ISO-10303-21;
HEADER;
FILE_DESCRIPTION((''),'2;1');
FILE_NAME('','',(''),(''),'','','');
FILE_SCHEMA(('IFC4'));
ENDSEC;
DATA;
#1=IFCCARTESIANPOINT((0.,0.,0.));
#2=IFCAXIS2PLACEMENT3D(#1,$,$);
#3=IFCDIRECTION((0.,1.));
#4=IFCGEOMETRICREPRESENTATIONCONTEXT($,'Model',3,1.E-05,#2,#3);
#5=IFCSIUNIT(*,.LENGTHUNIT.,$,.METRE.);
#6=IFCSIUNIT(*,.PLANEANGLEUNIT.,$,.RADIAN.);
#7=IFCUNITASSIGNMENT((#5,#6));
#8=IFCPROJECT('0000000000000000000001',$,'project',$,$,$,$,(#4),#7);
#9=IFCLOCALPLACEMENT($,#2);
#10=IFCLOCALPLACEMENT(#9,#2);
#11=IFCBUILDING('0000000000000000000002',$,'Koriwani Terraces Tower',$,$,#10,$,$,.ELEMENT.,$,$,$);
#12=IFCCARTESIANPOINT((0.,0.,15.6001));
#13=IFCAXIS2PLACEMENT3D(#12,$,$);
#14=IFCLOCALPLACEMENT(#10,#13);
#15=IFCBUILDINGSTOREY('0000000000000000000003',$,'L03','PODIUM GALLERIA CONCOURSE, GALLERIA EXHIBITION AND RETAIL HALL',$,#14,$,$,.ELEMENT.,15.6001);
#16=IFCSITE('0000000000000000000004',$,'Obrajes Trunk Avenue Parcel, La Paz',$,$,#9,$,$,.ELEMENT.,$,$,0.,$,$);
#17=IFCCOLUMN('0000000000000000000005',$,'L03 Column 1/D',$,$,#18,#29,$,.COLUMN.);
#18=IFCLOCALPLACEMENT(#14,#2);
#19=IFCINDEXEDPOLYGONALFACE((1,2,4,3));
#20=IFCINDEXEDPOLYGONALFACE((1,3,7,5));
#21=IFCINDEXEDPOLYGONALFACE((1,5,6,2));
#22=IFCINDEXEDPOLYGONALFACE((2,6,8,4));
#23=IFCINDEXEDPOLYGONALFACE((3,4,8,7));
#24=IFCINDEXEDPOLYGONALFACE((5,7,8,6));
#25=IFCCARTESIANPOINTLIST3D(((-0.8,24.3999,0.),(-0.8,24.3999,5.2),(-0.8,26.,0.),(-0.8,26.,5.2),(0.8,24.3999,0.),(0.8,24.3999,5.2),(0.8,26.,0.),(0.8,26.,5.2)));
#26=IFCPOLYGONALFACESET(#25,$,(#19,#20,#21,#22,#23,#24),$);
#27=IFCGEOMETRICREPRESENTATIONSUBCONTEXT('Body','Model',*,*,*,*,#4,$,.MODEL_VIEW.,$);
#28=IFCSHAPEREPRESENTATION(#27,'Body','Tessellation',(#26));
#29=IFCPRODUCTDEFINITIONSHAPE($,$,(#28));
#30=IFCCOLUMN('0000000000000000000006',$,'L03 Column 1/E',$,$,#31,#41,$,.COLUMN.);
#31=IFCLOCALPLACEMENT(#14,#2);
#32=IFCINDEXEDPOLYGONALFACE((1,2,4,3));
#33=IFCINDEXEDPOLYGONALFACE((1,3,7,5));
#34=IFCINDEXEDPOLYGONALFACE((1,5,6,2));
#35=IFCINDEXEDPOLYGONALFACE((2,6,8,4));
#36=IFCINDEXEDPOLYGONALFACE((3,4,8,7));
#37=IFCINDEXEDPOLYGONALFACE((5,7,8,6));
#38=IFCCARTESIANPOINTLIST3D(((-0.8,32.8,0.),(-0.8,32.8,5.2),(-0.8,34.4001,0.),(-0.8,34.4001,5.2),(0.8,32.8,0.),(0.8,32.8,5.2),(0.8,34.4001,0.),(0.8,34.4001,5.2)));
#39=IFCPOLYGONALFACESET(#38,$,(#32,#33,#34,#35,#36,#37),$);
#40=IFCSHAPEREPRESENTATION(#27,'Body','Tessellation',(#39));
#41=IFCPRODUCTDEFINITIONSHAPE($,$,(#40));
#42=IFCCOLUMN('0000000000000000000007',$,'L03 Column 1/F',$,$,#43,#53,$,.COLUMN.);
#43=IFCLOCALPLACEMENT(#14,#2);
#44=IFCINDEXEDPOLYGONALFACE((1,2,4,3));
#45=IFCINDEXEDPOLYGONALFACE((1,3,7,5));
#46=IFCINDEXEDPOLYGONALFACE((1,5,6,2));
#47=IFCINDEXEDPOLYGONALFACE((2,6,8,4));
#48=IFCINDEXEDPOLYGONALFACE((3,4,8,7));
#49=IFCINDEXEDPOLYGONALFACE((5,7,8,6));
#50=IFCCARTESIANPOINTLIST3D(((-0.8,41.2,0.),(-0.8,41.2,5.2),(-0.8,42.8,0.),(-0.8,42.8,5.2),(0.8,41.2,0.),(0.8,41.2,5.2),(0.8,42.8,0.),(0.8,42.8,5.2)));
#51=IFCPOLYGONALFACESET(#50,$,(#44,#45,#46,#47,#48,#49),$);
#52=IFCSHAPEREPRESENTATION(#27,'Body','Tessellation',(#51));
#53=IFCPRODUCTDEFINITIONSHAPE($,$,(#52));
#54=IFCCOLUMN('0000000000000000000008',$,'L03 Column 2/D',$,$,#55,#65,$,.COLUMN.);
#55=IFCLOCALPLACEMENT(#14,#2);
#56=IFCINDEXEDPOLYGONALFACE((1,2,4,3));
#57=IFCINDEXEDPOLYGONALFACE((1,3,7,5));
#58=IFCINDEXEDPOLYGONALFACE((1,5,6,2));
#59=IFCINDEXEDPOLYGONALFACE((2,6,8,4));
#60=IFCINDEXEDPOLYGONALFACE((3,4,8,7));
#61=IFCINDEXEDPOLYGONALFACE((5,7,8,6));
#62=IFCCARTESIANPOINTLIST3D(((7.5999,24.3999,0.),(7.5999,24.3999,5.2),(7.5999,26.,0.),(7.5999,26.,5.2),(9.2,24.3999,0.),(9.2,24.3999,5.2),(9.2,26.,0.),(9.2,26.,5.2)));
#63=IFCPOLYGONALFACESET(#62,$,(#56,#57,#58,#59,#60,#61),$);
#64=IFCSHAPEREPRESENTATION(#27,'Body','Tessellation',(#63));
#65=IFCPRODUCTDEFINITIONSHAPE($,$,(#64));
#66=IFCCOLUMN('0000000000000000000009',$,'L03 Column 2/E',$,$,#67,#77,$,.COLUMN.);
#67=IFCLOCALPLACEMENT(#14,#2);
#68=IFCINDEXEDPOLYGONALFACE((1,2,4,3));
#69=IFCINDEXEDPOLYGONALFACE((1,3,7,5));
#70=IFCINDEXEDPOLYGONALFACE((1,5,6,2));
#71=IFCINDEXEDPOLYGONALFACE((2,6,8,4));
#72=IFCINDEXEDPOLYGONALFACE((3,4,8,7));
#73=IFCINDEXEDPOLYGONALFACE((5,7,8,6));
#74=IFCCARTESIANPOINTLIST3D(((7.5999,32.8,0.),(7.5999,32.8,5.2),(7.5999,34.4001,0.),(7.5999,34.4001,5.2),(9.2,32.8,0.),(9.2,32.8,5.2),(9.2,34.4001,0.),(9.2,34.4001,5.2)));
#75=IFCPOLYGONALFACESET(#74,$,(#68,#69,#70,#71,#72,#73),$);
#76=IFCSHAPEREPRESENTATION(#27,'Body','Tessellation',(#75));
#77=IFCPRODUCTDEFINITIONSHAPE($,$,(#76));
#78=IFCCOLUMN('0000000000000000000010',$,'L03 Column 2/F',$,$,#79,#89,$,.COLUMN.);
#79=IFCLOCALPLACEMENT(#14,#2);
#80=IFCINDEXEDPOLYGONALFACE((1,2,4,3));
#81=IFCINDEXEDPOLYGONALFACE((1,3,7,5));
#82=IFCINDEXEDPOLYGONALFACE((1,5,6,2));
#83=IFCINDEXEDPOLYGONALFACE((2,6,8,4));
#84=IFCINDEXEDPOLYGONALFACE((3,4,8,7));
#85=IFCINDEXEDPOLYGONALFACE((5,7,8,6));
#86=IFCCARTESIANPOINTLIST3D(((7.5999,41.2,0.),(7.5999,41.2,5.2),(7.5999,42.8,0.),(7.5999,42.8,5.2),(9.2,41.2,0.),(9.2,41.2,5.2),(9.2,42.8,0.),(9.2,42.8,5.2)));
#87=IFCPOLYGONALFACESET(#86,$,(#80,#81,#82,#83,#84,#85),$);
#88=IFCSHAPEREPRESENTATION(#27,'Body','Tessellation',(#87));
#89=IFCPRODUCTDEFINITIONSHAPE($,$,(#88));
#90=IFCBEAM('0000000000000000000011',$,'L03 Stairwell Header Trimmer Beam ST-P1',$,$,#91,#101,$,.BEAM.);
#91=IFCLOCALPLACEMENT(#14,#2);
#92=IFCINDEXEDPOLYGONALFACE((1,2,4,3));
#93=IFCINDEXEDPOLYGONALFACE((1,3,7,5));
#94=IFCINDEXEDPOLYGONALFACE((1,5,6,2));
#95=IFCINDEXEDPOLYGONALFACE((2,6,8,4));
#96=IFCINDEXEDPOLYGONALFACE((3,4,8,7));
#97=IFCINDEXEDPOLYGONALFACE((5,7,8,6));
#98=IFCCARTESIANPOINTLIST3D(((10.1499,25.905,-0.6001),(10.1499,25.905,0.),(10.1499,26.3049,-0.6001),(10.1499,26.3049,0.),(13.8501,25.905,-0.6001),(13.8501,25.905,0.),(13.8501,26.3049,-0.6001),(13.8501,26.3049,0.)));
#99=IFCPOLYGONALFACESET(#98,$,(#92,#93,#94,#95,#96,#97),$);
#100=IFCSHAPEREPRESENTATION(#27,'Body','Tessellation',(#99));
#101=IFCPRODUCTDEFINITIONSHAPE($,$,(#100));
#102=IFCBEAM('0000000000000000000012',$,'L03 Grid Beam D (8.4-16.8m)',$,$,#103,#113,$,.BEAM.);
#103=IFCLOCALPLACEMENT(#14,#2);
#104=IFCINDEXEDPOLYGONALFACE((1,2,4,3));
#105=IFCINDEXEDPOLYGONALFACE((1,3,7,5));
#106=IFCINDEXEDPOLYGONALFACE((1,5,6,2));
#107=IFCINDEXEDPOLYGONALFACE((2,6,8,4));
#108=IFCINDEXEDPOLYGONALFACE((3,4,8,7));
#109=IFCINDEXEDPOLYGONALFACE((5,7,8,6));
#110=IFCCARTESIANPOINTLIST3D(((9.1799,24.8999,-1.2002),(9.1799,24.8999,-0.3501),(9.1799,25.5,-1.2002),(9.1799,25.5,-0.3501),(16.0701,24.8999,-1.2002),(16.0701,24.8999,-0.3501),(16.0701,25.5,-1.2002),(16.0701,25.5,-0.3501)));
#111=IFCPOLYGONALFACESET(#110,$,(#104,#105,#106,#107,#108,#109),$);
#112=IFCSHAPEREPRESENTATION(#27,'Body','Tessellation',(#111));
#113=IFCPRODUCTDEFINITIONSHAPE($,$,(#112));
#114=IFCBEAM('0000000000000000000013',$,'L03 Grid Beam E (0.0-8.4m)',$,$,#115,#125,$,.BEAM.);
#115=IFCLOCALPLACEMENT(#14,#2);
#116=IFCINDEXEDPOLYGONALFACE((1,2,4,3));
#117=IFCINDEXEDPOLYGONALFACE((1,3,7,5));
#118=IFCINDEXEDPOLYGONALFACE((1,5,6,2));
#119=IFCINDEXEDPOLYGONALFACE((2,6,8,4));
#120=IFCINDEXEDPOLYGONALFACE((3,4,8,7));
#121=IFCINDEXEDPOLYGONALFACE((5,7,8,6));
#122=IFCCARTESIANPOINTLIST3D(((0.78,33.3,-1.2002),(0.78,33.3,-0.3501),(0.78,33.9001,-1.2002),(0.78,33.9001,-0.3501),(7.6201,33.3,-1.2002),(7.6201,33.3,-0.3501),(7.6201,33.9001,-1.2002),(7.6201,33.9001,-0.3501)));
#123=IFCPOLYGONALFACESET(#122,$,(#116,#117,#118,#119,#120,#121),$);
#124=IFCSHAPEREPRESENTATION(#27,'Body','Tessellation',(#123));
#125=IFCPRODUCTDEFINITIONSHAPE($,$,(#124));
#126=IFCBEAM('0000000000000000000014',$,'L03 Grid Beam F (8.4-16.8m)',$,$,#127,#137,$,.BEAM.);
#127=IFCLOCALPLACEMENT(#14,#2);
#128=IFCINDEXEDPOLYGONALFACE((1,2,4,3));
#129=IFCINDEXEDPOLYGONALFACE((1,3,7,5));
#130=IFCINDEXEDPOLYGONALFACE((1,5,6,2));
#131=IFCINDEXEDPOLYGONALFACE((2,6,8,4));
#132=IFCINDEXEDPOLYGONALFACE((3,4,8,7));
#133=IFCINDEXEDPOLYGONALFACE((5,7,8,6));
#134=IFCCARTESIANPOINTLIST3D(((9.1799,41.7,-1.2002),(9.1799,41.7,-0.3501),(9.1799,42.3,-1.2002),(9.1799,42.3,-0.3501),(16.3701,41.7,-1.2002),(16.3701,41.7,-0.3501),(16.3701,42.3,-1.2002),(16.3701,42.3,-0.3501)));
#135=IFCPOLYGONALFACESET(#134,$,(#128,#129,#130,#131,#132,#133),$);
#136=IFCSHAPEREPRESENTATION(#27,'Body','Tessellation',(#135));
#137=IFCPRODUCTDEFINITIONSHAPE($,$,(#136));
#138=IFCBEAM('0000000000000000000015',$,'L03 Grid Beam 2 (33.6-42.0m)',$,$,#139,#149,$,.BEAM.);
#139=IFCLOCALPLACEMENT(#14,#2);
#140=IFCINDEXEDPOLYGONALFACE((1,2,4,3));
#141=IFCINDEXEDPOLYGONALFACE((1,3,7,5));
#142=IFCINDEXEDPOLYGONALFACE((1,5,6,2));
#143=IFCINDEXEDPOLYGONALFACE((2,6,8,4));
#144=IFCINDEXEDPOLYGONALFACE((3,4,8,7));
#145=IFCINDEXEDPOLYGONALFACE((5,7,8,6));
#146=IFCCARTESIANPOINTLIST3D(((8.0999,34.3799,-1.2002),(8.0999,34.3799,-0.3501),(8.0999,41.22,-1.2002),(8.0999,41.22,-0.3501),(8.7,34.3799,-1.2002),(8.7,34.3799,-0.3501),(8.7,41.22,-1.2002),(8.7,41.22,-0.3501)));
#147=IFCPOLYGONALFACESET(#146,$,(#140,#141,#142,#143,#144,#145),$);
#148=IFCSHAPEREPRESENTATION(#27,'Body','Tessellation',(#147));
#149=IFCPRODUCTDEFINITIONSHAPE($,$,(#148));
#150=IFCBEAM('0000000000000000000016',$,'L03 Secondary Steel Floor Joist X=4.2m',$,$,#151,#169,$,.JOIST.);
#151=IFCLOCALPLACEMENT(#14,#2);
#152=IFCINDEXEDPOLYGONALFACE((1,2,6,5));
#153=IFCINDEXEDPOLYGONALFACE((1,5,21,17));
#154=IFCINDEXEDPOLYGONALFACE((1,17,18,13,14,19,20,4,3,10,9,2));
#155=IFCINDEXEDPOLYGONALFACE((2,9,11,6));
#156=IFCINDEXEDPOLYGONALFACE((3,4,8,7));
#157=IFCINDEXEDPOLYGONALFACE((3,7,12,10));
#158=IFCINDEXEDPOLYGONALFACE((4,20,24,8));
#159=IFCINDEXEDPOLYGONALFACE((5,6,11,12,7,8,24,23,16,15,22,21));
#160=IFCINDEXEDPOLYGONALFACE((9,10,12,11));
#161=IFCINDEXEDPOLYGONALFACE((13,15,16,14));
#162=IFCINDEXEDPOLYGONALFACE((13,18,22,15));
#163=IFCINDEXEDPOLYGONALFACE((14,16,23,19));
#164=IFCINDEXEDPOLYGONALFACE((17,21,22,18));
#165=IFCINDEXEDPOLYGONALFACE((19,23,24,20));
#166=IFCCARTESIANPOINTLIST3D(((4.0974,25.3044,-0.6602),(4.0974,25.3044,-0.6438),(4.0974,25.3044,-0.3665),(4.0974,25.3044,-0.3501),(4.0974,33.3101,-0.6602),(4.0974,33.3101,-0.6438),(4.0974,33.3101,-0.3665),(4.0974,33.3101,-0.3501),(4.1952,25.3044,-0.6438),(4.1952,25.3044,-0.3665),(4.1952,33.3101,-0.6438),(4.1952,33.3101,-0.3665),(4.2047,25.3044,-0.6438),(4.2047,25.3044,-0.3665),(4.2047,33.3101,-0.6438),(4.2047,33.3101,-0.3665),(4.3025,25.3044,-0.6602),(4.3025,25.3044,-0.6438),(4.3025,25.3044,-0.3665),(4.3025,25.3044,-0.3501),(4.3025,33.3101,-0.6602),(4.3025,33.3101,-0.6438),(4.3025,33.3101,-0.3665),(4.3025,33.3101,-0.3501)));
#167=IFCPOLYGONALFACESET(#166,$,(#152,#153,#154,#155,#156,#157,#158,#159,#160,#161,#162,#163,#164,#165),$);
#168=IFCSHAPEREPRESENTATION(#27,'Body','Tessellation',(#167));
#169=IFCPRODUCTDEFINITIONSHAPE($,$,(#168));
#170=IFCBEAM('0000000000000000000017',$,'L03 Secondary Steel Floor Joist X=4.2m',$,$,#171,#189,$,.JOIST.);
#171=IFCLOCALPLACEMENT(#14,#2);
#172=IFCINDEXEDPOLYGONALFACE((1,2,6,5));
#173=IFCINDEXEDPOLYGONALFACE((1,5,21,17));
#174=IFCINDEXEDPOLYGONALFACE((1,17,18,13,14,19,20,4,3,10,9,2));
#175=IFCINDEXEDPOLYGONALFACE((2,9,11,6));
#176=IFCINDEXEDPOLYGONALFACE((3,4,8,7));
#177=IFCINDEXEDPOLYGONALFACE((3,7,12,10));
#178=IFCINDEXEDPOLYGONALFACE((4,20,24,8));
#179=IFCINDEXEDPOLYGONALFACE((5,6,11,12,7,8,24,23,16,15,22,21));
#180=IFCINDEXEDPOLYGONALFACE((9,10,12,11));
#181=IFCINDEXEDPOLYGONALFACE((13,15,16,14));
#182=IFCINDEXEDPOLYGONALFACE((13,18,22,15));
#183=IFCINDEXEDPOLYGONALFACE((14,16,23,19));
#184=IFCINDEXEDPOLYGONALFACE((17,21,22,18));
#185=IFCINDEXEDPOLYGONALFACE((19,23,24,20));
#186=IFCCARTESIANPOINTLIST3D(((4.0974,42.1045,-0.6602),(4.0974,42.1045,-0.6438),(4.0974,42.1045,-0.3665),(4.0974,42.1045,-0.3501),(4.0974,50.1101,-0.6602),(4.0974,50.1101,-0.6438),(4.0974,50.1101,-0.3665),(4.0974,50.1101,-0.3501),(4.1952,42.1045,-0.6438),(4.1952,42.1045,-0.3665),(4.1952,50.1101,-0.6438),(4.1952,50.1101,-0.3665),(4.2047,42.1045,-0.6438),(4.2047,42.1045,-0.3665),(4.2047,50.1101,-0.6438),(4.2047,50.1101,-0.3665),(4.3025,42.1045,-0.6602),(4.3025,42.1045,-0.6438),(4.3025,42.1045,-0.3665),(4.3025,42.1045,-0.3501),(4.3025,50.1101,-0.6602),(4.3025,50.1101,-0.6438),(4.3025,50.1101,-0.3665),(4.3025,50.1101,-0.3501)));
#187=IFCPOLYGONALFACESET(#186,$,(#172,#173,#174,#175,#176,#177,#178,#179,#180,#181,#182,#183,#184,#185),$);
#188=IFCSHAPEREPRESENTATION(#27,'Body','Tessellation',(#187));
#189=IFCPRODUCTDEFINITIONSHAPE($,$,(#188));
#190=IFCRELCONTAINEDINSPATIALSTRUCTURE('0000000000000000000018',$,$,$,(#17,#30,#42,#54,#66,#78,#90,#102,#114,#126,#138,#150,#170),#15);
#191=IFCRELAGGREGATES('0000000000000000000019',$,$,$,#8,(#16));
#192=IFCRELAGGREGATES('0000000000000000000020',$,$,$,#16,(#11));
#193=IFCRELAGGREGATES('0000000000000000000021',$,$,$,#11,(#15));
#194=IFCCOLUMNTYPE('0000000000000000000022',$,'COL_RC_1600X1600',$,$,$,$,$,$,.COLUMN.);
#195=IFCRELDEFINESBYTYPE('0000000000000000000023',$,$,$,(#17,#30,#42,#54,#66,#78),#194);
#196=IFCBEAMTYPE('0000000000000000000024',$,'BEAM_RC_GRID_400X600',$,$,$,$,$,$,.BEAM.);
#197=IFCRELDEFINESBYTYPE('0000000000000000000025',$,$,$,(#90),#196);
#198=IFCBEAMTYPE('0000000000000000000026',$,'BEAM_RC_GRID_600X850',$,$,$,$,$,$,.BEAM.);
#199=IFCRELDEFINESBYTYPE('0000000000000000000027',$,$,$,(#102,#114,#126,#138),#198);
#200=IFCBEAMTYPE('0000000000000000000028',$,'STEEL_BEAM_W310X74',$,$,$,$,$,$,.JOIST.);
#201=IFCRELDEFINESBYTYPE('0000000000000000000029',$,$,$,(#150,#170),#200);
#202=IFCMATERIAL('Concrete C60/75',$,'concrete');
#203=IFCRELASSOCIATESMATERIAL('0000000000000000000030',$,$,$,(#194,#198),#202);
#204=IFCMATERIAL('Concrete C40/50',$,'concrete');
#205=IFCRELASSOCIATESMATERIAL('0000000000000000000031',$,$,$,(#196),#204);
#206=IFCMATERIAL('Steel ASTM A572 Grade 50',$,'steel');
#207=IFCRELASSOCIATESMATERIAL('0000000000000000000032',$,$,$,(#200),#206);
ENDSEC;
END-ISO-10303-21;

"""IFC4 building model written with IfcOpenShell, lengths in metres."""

from ifc_helpers import new_model, si_unit, direction, frame, origin, origin_2d, place, context, subcontext, project, spatial, rectangle, i_section, extrude, material, material_profile, profile_set, type_object, element, save


model = new_model("IFC4")

# Units and contexts
model_context = context("Model", 3, precision=1e-05, world=origin(), true_north=direction((0.0, 1.0)))
body_context = subcontext(model_context, "Body", "Model", "MODEL_VIEW")
ifc_project = project(units=[si_unit("LENGTHUNIT", "METRE"), si_unit("PLANEANGLEUNIT", "RADIAN")], contexts=[model_context])

# Site, building, storey
site_placement = place(None, origin())
site = spatial("IfcSite", under=ifc_project, at=site_placement, Name="Obrajes Trunk Avenue Parcel, La Paz", CompositionType="ELEMENT", RefElevation=0.0)
building_placement = place(site_placement, origin())
building = spatial("IfcBuilding", under=site, at=building_placement, Name="Koriwani Terraces Tower", CompositionType="ELEMENT")
storey_placement = place(building_placement, frame((0.0, 0.0, 15.6001)))
storey = spatial("IfcBuildingStorey", under=building, at=storey_placement, Name="L03", Description="PODIUM GALLERIA CONCOURSE, GALLERIA EXHIBITION AND RETAIL HALL", CompositionType="ELEMENT", Elevation=15.6001)

# Columns
ifc_material_1 = material(Name="Concrete C60/75", Category="concrete")
ifc_material_profile_1 = material_profile(ifc_material_1, rectangle(XDim=1.6001, YDim=1.6001, at=origin_2d()), Name="Concrete C60/75", Category="LoadBearing")
ifc_profile_set_1 = profile_set([ifc_material_profile_1], Name="Concrete C60/75")
column_type = type_object("IfcColumnType", Name="COL_RC_1600X1600", PredefinedType="COLUMN", material=ifc_profile_set_1)
for number, where, z_axis, x_axis, name in (
    (1, (0.0, 25.2, 0.0), (0.0, 0.0, 1.0), (1.0, 0.0, 0.0), "L03 Column 1/D"),
    (2, (0.0, 33.6001, 0.0), (0.0, 0.0, 1.0), (1.0, 0.0, 0.0), "L03 Column 1/E"),
    (3, (0.0, 42.0, 0.0), (0.0, 0.0, 1.0), (1.0, 0.0, 0.0), "L03 Column 1/F"),
    (4, (8.3999, 25.2, 0.0), (0.0, 0.0, 1.0), (1.0, 0.0, 0.0), "L03 Column 2/D"),
    (5, (8.3999, 33.6001, 0.0), (0.0, 0.0, 1.0), (1.0, 0.0, 0.0), "L03 Column 2/E"),
    (6, (8.3999, 42.0, 0.0), (0.0, 0.0, 1.0), (1.0, 0.0, 0.0), "L03 Column 2/F"),
):
    element("IfcColumn", number, at=place(storey_placement, frame(where, z_axis=z_axis, x_axis=x_axis)), inside=storey, type_object=column_type, Name=name, PredefinedType="COLUMN", context=body_context, shape_type="SweptSolid", body=[
        extrude(rectangle(XDim=1.6001, YDim=1.6001, at=origin_2d()), origin(), (0.0, 0.0, 1.0), 5.2),
    ])

# Beams
ifc_material_2 = material(Name="Concrete C40/50", Category="concrete")
ifc_material_profile_2 = material_profile(ifc_material_2, rectangle(XDim=0.3999, YDim=0.6001, at=origin_2d()), Name="Concrete C40/50", Category="LoadBearing")
ifc_profile_set_2 = profile_set([ifc_material_profile_2], Name="Concrete C40/50")
beam_type_1 = type_object("IfcBeamType", Name="BEAM_RC_GRID_400X600", PredefinedType="BEAM", material=ifc_profile_set_2)
beam_1_placement = place(storey_placement, frame((10.1499, 26.105, -0.3), z_axis=(1.0, 0.0, 0.0), x_axis=(0.0, 1.0, 0.0)))
element("IfcBeam", 7, at=beam_1_placement, inside=storey, type_object=beam_type_1, Name="L03 Stairwell Header Trimmer Beam ST-P1", PredefinedType="BEAM", context=body_context, shape_type="SweptSolid", body=[
    extrude(rectangle(XDim=0.3999, YDim=0.6001, at=origin_2d()), origin(), (0.0, 0.0, 1.0), 3.7002),
])
ifc_material_profile_3 = material_profile(ifc_material_1, rectangle(XDim=0.6001, YDim=0.8501, at=origin_2d()), Name="Concrete C60/75", Category="LoadBearing")
ifc_profile_set_3 = profile_set([ifc_material_profile_3], Name="Concrete C60/75")
beam_type_2 = type_object("IfcBeamType", Name="BEAM_RC_GRID_600X850", PredefinedType="BEAM", material=ifc_profile_set_3)
beam_2_placement = place(storey_placement, frame((9.1799, 25.2, -0.7751), z_axis=(1.0, 0.0, 0.0), x_axis=(0.0, 1.0, 0.0)))
element("IfcBeam", 8, at=beam_2_placement, inside=storey, type_object=beam_type_2, Name="L03 Grid Beam D (8.4-16.8m)", PredefinedType="BEAM", context=body_context, shape_type="SweptSolid", body=[
    extrude(rectangle(XDim=0.6001, YDim=0.8501, at=origin_2d()), origin(), (0.0, 0.0, 1.0), 6.8901),
])
beam_3_placement = place(storey_placement, frame((0.78, 33.6001, -0.7751), z_axis=(1.0, 0.0, 0.0), x_axis=(0.0, 1.0, 0.0)))
element("IfcBeam", 9, at=beam_3_placement, inside=storey, type_object=beam_type_2, Name="L03 Grid Beam E (0.0-8.4m)", PredefinedType="BEAM", context=body_context, shape_type="SweptSolid", body=[
    extrude(rectangle(XDim=0.6001, YDim=0.8501, at=origin_2d()), origin(), (0.0, 0.0, 1.0), 6.8401),
])
beam_4_placement = place(storey_placement, frame((9.1799, 42.0, -0.7751), z_axis=(1.0, 0.0, 0.0), x_axis=(0.0, 1.0, 0.0)))
element("IfcBeam", 10, at=beam_4_placement, inside=storey, type_object=beam_type_2, Name="L03 Grid Beam F (8.4-16.8m)", PredefinedType="BEAM", context=body_context, shape_type="SweptSolid", body=[
    extrude(rectangle(XDim=0.6001, YDim=0.8501, at=origin_2d()), origin(), (0.0, 0.0, 1.0), 7.1902),
])
beam_5_placement = place(storey_placement, frame((8.3999, 34.3799, -0.7751), z_axis=(0.0, 1.0, 0.0), x_axis=(-1.0, 0.0, 0.0)))
element("IfcBeam", 11, at=beam_5_placement, inside=storey, type_object=beam_type_2, Name="L03 Grid Beam 2 (33.6-42.0m)", PredefinedType="BEAM", context=body_context, shape_type="SweptSolid", body=[
    extrude(rectangle(XDim=0.6001, YDim=0.8501, at=origin_2d()), origin(), (0.0, 0.0, 1.0), 6.8401),
])
ifc_material_3 = material(Name="Steel ASTM A572 Grade 50", Category="steel")
ifc_material_profile_4 = material_profile(ifc_material_3, i_section(OverallWidth=0.2051, OverallDepth=0.3101, WebThickness=0.0095, FlangeThickness=0.0164, at=origin_2d()), Name="Steel ASTM A572 Grade 50", Category="LoadBearing")
ifc_profile_set_4 = profile_set([ifc_material_profile_4], Name="Steel ASTM A572 Grade 50")
beam_type_3 = type_object("IfcBeamType", Name="STEEL_BEAM_W310X74", PredefinedType="JOIST", material=ifc_profile_set_4)
for number, where, z_axis, x_axis, name in (
    (12, (4.2, 25.3044, -0.5051), (0.0, 1.0, 0.0), (-1.0, 0.0, 0.0), "L03 Secondary Steel Floor Joist X=4.2m"),
    (13, (4.2, 42.1045, -0.5051), (0.0, 1.0, 0.0), (-1.0, 0.0, 0.0), "L03 Secondary Steel Floor Joist X=4.2m"),
):
    element("IfcBeam", number, at=place(storey_placement, frame(where, z_axis=z_axis, x_axis=x_axis)), inside=storey, type_object=beam_type_3, Name=name, PredefinedType="JOIST", context=body_context, shape_type="SweptSolid", body=[
        extrude(i_section(OverallWidth=0.2051, OverallDepth=0.3101, WebThickness=0.0095, FlangeThickness=0.0164, at=origin_2d()), origin(), (0.0, 0.0, 1.0), 8.0056),
    ])

save(model, "model.ifc")
